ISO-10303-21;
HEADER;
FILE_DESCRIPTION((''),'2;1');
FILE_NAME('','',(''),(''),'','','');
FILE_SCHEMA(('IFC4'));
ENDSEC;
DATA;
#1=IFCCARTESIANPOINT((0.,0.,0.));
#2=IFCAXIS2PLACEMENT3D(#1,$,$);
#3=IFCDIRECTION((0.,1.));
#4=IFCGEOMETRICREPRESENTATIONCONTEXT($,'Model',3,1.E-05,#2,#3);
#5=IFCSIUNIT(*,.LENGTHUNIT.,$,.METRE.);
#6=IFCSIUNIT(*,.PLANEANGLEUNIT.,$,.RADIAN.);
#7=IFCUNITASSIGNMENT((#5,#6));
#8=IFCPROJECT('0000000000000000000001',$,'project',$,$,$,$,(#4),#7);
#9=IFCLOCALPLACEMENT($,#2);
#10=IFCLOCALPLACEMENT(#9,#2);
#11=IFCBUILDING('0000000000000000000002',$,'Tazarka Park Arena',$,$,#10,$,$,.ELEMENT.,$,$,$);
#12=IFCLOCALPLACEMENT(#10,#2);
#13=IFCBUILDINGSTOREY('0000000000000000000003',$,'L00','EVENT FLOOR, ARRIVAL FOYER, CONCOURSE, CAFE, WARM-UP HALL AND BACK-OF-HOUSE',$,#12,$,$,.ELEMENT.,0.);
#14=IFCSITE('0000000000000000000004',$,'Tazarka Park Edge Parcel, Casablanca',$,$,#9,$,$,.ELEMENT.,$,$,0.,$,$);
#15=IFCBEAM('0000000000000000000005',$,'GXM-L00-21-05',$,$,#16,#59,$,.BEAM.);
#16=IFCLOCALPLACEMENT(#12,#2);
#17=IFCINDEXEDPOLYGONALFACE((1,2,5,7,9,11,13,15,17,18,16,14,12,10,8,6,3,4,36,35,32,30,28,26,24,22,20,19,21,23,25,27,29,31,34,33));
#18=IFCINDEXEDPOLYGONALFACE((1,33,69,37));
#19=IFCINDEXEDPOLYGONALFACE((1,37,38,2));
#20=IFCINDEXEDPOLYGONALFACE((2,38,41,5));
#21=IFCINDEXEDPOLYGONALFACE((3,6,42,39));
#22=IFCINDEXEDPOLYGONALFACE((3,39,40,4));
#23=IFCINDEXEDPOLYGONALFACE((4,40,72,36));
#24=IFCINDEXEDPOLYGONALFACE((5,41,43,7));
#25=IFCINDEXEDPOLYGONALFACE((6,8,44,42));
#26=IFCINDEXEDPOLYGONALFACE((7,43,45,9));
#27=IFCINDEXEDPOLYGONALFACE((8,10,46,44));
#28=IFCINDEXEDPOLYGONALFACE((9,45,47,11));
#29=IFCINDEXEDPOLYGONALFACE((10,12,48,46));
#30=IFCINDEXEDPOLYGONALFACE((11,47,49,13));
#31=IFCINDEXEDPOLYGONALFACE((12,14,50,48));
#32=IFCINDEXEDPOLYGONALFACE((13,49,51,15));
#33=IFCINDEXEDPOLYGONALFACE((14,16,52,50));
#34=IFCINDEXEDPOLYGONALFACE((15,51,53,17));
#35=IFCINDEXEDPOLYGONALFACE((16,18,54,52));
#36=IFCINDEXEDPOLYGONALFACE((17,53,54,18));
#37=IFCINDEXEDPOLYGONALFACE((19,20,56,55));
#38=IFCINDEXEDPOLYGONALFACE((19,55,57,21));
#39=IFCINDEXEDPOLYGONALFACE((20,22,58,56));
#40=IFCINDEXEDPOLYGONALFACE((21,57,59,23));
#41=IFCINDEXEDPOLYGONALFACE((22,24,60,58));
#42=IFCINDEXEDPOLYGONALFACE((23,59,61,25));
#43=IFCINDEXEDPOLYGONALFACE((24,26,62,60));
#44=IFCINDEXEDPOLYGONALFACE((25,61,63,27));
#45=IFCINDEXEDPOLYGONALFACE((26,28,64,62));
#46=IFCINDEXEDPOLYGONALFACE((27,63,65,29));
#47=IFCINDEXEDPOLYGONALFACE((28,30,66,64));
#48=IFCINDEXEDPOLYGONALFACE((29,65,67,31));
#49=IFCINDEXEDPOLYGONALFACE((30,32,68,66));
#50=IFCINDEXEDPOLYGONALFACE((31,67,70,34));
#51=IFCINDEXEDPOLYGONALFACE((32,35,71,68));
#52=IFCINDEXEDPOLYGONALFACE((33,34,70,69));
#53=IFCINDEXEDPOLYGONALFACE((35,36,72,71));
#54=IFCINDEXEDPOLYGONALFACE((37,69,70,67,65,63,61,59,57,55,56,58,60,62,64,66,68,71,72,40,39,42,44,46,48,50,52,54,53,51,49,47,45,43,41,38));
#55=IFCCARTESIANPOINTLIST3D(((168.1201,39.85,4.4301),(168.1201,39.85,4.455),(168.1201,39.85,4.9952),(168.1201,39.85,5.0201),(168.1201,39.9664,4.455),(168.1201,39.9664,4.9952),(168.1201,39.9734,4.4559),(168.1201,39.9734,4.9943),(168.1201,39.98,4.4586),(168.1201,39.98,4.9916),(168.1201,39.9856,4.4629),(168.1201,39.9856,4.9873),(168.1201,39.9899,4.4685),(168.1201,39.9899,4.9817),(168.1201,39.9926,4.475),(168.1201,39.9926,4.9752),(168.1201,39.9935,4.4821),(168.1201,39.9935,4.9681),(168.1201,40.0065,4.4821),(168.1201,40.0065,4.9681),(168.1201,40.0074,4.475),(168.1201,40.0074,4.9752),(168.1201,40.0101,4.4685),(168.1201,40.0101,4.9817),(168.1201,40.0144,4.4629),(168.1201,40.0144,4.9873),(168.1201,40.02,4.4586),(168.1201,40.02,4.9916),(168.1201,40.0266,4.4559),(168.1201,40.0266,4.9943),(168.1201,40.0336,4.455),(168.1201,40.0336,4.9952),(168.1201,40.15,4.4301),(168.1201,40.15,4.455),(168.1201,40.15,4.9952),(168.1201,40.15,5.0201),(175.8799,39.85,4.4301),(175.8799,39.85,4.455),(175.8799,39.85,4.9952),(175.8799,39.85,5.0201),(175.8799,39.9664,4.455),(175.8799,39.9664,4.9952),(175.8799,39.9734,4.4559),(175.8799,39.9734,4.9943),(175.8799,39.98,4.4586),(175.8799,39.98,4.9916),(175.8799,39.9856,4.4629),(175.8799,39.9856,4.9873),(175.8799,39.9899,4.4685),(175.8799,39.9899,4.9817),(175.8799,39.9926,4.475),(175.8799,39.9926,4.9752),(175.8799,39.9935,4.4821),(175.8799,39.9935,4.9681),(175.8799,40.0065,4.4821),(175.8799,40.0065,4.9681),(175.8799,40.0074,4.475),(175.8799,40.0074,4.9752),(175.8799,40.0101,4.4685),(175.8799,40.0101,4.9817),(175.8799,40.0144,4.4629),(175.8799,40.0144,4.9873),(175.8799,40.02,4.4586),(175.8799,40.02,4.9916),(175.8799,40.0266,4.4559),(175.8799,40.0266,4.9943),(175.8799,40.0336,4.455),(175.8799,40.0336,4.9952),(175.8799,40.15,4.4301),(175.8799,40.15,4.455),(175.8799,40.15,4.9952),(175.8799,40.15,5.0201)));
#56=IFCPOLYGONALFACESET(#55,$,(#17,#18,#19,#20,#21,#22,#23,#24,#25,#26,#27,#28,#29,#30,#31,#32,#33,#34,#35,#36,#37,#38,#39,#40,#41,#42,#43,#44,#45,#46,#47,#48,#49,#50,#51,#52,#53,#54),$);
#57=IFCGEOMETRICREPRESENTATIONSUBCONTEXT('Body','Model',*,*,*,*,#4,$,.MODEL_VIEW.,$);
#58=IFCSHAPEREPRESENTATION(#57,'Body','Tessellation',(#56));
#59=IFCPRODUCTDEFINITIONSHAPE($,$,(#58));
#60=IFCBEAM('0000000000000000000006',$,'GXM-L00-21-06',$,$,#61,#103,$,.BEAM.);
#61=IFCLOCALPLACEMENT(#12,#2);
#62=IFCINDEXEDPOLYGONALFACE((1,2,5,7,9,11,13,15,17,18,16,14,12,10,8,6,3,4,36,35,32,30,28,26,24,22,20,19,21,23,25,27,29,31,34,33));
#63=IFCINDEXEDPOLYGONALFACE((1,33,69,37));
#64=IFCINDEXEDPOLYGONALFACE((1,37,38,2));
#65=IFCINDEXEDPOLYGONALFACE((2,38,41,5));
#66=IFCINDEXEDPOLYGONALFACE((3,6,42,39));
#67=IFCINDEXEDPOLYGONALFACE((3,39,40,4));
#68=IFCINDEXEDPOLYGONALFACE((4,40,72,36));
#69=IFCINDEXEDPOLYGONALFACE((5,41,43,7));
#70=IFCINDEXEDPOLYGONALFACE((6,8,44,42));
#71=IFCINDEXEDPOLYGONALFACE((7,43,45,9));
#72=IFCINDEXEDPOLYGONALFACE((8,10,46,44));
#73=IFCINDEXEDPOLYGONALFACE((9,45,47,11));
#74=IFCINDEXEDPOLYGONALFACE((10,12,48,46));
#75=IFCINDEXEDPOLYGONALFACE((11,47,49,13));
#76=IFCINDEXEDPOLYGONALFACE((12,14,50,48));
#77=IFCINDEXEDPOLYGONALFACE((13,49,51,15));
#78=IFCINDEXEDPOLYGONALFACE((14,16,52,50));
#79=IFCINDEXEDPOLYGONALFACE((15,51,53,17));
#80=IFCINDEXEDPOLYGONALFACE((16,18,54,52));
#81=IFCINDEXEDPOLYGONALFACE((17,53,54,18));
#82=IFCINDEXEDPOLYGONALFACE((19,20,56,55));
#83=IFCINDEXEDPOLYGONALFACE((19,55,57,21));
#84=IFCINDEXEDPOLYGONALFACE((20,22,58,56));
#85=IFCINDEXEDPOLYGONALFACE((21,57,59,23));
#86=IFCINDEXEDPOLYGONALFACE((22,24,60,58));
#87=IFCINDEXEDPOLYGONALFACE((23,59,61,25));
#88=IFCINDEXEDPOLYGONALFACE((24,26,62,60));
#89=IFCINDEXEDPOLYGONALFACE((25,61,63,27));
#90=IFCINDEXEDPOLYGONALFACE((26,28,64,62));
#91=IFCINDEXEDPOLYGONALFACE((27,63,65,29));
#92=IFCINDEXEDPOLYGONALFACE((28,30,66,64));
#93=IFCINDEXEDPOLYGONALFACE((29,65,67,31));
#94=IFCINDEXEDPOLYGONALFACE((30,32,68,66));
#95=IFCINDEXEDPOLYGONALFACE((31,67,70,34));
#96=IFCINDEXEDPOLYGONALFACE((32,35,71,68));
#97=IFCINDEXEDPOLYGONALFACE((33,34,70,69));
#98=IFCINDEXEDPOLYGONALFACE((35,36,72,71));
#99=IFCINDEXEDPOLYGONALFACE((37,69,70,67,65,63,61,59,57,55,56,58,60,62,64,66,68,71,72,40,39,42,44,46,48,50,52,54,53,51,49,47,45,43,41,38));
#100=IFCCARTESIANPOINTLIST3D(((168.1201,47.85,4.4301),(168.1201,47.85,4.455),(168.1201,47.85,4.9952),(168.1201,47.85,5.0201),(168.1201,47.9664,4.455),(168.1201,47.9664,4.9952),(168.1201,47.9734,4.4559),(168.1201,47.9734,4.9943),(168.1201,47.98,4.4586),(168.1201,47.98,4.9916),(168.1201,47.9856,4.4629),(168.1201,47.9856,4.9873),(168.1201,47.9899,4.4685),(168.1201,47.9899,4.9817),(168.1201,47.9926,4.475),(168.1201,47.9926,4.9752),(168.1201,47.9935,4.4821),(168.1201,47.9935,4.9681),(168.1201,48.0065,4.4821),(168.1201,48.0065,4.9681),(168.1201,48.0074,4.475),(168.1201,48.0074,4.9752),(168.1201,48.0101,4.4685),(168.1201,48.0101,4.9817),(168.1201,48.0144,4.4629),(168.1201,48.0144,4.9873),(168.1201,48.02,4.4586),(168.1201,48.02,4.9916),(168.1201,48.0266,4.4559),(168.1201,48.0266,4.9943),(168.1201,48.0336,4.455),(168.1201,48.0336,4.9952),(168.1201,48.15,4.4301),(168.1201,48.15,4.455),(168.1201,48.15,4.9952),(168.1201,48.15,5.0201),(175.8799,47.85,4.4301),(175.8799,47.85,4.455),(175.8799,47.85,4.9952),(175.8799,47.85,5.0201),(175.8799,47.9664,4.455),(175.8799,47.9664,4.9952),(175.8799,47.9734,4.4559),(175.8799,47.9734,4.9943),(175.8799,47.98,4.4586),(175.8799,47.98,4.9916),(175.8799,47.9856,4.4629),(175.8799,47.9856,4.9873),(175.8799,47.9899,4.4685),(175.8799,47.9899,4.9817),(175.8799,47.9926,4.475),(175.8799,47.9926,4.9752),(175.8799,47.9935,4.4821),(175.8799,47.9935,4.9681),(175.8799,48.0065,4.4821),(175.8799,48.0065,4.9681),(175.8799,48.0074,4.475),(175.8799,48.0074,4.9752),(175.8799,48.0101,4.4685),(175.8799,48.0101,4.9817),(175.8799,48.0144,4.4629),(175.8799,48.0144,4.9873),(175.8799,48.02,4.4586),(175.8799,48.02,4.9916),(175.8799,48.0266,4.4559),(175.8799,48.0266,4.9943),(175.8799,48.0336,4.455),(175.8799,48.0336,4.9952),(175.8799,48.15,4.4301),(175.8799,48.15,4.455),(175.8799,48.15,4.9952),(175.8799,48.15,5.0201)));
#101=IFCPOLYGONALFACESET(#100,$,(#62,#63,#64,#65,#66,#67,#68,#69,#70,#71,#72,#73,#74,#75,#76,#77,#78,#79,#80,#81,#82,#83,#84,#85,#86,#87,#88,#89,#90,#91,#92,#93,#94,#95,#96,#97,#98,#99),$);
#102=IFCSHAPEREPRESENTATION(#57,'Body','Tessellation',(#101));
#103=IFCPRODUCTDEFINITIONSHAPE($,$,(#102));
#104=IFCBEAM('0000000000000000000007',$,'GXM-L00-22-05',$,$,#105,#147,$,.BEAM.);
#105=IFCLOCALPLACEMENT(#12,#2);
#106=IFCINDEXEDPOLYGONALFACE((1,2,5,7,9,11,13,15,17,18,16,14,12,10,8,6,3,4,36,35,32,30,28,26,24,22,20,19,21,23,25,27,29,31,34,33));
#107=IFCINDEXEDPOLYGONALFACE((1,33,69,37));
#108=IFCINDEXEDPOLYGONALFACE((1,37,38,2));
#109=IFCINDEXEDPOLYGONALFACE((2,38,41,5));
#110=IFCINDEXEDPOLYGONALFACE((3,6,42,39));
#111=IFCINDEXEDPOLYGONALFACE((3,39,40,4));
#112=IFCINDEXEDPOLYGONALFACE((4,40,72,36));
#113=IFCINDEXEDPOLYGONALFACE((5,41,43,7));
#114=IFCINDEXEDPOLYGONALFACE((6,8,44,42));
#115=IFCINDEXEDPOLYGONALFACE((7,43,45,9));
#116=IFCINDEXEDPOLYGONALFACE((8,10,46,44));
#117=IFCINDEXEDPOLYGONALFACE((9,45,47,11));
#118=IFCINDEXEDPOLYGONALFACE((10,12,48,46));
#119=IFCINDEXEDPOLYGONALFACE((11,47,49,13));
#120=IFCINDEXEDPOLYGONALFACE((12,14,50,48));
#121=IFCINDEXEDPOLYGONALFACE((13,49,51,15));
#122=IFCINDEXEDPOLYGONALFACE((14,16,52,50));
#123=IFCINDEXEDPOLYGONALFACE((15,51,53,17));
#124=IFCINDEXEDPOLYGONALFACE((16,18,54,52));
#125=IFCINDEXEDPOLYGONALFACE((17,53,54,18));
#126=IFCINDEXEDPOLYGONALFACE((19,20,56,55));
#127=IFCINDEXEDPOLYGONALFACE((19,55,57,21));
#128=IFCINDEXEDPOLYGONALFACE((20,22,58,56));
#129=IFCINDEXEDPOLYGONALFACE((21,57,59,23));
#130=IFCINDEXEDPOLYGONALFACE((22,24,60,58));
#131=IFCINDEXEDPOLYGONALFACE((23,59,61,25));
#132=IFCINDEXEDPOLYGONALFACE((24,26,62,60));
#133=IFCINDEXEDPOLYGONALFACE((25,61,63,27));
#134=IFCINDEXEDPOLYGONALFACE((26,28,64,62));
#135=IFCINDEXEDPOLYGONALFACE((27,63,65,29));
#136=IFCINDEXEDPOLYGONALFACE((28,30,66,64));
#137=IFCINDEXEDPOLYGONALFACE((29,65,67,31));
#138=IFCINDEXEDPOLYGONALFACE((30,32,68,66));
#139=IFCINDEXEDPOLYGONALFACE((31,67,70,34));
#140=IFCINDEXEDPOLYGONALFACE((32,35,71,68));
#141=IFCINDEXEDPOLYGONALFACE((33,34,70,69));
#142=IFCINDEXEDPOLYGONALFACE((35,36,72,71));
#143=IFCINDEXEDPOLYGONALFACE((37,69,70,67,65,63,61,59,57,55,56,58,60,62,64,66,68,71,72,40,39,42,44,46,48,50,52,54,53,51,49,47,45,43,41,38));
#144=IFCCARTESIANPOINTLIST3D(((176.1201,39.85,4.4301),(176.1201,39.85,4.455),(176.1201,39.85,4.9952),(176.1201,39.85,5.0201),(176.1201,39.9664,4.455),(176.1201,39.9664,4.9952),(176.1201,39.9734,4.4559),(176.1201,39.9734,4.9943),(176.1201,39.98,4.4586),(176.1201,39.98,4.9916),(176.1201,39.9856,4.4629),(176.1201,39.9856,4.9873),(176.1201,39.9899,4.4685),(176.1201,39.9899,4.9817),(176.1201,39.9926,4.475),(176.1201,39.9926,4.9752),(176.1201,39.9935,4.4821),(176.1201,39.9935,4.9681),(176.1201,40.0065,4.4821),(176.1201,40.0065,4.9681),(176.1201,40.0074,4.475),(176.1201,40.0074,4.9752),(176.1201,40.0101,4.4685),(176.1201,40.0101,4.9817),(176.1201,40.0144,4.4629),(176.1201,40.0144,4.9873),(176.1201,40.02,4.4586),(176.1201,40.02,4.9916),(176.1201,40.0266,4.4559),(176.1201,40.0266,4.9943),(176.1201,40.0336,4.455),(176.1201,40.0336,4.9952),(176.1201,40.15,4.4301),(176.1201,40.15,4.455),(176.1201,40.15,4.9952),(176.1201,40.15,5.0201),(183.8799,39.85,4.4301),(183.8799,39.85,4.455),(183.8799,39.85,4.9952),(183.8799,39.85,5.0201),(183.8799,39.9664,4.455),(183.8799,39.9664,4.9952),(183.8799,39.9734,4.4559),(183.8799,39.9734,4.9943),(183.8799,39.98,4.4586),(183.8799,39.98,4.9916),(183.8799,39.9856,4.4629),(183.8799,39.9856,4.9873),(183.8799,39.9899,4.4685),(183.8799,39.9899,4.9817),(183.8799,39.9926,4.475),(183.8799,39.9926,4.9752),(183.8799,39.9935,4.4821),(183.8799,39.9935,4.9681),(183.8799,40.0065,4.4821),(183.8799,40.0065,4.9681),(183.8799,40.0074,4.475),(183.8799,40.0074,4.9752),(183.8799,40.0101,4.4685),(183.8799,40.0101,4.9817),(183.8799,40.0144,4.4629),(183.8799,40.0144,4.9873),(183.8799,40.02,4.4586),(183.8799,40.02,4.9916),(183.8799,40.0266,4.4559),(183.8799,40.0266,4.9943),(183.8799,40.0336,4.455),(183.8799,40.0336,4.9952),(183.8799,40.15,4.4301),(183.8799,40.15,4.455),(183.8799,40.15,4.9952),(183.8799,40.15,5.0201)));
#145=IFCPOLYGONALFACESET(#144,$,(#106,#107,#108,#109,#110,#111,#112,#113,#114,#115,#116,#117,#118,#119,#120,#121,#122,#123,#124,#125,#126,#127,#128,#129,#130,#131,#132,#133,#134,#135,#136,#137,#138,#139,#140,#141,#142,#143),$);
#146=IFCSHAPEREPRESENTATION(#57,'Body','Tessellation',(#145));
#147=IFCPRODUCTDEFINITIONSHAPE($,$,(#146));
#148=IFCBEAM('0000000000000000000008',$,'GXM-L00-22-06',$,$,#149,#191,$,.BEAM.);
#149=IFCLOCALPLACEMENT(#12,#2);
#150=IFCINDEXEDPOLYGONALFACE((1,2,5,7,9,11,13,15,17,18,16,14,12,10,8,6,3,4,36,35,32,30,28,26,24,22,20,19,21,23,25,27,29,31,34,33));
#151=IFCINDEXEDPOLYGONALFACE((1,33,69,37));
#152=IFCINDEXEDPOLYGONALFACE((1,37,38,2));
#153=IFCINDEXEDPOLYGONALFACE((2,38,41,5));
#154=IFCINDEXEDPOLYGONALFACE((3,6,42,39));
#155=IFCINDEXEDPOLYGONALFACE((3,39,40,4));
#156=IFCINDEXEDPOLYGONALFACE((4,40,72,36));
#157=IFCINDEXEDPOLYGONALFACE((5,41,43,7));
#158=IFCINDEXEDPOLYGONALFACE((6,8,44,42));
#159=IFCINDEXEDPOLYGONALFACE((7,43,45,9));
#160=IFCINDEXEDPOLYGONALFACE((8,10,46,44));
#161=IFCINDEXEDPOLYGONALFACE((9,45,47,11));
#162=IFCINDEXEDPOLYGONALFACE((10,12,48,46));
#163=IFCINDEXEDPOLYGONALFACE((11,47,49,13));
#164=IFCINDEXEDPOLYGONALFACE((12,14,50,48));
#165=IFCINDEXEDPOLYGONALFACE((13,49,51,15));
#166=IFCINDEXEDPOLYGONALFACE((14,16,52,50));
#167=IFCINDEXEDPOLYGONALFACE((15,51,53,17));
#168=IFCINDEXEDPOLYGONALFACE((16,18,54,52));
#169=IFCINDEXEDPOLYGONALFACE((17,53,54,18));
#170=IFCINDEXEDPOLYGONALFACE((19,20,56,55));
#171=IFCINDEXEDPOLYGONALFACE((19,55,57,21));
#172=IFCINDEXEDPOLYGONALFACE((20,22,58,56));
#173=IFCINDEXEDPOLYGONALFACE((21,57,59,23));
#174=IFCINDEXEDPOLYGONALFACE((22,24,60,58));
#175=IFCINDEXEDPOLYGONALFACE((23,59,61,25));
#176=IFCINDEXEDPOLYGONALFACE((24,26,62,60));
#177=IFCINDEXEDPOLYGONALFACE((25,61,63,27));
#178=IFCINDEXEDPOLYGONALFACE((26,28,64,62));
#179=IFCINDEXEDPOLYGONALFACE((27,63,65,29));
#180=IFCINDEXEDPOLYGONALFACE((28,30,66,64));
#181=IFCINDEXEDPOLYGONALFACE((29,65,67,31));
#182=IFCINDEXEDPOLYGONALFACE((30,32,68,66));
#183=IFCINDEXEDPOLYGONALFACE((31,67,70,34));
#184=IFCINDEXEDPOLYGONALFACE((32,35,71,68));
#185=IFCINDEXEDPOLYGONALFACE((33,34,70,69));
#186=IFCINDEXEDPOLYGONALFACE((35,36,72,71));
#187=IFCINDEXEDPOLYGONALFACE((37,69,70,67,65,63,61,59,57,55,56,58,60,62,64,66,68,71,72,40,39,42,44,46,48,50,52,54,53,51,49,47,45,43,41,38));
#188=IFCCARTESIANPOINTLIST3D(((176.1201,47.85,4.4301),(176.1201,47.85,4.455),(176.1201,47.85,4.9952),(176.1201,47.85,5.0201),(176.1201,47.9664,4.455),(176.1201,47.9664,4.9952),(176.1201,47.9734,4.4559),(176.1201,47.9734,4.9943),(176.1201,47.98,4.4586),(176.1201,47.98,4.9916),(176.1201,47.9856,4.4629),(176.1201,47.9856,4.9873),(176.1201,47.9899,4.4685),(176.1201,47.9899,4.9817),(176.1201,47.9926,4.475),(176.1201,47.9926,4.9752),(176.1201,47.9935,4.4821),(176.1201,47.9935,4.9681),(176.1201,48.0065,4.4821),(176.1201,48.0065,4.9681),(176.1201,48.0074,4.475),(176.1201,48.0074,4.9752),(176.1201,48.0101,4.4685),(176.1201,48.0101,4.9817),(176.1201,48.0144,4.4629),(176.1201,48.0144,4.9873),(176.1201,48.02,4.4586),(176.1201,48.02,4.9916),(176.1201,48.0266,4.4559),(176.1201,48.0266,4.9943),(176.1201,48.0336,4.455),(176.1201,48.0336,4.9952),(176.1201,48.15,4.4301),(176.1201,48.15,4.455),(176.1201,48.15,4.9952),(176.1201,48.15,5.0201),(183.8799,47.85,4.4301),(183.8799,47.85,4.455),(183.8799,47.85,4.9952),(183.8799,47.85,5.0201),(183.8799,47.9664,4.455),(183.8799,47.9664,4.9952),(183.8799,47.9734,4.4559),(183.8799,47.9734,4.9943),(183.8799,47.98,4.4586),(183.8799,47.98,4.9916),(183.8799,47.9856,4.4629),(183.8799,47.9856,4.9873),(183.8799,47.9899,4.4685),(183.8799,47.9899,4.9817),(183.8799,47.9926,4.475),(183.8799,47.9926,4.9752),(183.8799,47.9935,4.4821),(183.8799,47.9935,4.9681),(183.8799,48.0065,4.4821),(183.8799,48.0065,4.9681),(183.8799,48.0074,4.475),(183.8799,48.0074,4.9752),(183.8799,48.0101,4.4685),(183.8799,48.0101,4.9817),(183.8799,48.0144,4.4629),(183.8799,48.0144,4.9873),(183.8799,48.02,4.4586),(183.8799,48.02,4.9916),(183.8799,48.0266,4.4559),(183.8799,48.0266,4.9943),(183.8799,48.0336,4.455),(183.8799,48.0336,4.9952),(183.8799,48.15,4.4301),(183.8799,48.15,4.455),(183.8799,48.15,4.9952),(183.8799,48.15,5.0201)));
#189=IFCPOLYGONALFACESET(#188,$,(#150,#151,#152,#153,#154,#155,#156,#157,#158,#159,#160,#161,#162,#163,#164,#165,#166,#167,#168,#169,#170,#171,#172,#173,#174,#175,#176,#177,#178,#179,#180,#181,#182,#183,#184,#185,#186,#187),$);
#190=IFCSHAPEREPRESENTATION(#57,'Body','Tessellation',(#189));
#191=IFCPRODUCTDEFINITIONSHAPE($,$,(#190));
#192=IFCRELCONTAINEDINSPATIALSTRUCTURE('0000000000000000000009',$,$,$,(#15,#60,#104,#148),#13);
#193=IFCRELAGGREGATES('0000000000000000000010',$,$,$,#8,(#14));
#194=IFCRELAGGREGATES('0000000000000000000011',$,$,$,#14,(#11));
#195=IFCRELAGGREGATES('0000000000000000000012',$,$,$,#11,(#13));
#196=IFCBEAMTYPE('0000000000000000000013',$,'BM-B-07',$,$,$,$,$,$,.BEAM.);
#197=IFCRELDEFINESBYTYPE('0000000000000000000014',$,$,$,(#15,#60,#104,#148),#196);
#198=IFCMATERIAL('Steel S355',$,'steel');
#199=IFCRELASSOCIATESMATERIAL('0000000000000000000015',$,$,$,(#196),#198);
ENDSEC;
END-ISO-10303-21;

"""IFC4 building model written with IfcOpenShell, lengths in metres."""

from ifc_helpers import new_model, si_unit, direction, frame, origin, origin_2d, place, context, subcontext, project, spatial, i_section, extrude, material, material_profile, profile_set, type_object, element, save


model = new_model("IFC4")

# Units and contexts
model_context = context("Model", 3, precision=1e-05, world=origin(), true_north=direction((0.0, 1.0)))
body_context = subcontext(model_context, "Body", "Model", "MODEL_VIEW")
ifc_project = project(units=[si_unit("LENGTHUNIT", "METRE"), si_unit("PLANEANGLEUNIT", "RADIAN")], contexts=[model_context])

# Site, building, storey
site_placement = place(None, origin())
site = spatial("IfcSite", under=ifc_project, at=site_placement, Name="Tazarka Park Edge Parcel, Casablanca", CompositionType="ELEMENT", RefElevation=0.0)
building_placement = place(site_placement, origin())
building = spatial("IfcBuilding", under=site, at=building_placement, Name="Tazarka Park Arena", CompositionType="ELEMENT")
storey_placement = place(building_placement, origin())
storey = spatial("IfcBuildingStorey", under=building, at=storey_placement, Name="L00", Description="EVENT FLOOR, ARRIVAL FOYER, CONCOURSE, CAFE, WARM-UP HALL AND BACK-OF-HOUSE", CompositionType="ELEMENT", Elevation=0.0)

# Beams
ifc_material_1 = material(Name="Steel S355", Category="steel")
ifc_material_profile_1 = material_profile(ifc_material_1, i_section(OverallWidth=0.3, OverallDepth=0.5901, WebThickness=0.0129, FlangeThickness=0.0249, FilletRadius=0.0271, at=origin_2d()), Name="Steel S355")
ifc_profile_set_1 = profile_set([ifc_material_profile_1], Name="Steel S355")
beam_type_1 = type_object("IfcBeamType", Name="BM-B-07", PredefinedType="BEAM", material=ifc_profile_set_1)
for number, where, z_axis, x_axis, name in (
    (1, (168.1201, 40.0, 4.7251), (1.0, 0.0, 0.0), (0.0, 1.0, 0.0), "GXM-L00-21-05"),
    (2, (168.1201, 48.0, 4.7251), (1.0, 0.0, 0.0), (0.0, 1.0, 0.0), "GXM-L00-21-06"),
    (3, (176.1201, 40.0, 4.7251), (1.0, 0.0, 0.0), (0.0, 1.0, 0.0), "GXM-L00-22-05"),
    (4, (176.1201, 48.0, 4.7251), (1.0, 0.0, 0.0), (0.0, 1.0, 0.0), "GXM-L00-22-06"),
):
    element("IfcBeam", number, at=place(storey_placement, frame(where, z_axis=z_axis, x_axis=x_axis)), inside=storey, type_object=beam_type_1, Name=name, PredefinedType="BEAM", context=body_context, shape_type="SweptSolid", body=[
        extrude(i_section(OverallWidth=0.3, OverallDepth=0.5901, WebThickness=0.0129, FlangeThickness=0.0249, FilletRadius=0.0271, at=origin_2d()), origin(), (0.0, 0.0, 1.0), 7.7598),
    ])

save(model, "model.ifc")
